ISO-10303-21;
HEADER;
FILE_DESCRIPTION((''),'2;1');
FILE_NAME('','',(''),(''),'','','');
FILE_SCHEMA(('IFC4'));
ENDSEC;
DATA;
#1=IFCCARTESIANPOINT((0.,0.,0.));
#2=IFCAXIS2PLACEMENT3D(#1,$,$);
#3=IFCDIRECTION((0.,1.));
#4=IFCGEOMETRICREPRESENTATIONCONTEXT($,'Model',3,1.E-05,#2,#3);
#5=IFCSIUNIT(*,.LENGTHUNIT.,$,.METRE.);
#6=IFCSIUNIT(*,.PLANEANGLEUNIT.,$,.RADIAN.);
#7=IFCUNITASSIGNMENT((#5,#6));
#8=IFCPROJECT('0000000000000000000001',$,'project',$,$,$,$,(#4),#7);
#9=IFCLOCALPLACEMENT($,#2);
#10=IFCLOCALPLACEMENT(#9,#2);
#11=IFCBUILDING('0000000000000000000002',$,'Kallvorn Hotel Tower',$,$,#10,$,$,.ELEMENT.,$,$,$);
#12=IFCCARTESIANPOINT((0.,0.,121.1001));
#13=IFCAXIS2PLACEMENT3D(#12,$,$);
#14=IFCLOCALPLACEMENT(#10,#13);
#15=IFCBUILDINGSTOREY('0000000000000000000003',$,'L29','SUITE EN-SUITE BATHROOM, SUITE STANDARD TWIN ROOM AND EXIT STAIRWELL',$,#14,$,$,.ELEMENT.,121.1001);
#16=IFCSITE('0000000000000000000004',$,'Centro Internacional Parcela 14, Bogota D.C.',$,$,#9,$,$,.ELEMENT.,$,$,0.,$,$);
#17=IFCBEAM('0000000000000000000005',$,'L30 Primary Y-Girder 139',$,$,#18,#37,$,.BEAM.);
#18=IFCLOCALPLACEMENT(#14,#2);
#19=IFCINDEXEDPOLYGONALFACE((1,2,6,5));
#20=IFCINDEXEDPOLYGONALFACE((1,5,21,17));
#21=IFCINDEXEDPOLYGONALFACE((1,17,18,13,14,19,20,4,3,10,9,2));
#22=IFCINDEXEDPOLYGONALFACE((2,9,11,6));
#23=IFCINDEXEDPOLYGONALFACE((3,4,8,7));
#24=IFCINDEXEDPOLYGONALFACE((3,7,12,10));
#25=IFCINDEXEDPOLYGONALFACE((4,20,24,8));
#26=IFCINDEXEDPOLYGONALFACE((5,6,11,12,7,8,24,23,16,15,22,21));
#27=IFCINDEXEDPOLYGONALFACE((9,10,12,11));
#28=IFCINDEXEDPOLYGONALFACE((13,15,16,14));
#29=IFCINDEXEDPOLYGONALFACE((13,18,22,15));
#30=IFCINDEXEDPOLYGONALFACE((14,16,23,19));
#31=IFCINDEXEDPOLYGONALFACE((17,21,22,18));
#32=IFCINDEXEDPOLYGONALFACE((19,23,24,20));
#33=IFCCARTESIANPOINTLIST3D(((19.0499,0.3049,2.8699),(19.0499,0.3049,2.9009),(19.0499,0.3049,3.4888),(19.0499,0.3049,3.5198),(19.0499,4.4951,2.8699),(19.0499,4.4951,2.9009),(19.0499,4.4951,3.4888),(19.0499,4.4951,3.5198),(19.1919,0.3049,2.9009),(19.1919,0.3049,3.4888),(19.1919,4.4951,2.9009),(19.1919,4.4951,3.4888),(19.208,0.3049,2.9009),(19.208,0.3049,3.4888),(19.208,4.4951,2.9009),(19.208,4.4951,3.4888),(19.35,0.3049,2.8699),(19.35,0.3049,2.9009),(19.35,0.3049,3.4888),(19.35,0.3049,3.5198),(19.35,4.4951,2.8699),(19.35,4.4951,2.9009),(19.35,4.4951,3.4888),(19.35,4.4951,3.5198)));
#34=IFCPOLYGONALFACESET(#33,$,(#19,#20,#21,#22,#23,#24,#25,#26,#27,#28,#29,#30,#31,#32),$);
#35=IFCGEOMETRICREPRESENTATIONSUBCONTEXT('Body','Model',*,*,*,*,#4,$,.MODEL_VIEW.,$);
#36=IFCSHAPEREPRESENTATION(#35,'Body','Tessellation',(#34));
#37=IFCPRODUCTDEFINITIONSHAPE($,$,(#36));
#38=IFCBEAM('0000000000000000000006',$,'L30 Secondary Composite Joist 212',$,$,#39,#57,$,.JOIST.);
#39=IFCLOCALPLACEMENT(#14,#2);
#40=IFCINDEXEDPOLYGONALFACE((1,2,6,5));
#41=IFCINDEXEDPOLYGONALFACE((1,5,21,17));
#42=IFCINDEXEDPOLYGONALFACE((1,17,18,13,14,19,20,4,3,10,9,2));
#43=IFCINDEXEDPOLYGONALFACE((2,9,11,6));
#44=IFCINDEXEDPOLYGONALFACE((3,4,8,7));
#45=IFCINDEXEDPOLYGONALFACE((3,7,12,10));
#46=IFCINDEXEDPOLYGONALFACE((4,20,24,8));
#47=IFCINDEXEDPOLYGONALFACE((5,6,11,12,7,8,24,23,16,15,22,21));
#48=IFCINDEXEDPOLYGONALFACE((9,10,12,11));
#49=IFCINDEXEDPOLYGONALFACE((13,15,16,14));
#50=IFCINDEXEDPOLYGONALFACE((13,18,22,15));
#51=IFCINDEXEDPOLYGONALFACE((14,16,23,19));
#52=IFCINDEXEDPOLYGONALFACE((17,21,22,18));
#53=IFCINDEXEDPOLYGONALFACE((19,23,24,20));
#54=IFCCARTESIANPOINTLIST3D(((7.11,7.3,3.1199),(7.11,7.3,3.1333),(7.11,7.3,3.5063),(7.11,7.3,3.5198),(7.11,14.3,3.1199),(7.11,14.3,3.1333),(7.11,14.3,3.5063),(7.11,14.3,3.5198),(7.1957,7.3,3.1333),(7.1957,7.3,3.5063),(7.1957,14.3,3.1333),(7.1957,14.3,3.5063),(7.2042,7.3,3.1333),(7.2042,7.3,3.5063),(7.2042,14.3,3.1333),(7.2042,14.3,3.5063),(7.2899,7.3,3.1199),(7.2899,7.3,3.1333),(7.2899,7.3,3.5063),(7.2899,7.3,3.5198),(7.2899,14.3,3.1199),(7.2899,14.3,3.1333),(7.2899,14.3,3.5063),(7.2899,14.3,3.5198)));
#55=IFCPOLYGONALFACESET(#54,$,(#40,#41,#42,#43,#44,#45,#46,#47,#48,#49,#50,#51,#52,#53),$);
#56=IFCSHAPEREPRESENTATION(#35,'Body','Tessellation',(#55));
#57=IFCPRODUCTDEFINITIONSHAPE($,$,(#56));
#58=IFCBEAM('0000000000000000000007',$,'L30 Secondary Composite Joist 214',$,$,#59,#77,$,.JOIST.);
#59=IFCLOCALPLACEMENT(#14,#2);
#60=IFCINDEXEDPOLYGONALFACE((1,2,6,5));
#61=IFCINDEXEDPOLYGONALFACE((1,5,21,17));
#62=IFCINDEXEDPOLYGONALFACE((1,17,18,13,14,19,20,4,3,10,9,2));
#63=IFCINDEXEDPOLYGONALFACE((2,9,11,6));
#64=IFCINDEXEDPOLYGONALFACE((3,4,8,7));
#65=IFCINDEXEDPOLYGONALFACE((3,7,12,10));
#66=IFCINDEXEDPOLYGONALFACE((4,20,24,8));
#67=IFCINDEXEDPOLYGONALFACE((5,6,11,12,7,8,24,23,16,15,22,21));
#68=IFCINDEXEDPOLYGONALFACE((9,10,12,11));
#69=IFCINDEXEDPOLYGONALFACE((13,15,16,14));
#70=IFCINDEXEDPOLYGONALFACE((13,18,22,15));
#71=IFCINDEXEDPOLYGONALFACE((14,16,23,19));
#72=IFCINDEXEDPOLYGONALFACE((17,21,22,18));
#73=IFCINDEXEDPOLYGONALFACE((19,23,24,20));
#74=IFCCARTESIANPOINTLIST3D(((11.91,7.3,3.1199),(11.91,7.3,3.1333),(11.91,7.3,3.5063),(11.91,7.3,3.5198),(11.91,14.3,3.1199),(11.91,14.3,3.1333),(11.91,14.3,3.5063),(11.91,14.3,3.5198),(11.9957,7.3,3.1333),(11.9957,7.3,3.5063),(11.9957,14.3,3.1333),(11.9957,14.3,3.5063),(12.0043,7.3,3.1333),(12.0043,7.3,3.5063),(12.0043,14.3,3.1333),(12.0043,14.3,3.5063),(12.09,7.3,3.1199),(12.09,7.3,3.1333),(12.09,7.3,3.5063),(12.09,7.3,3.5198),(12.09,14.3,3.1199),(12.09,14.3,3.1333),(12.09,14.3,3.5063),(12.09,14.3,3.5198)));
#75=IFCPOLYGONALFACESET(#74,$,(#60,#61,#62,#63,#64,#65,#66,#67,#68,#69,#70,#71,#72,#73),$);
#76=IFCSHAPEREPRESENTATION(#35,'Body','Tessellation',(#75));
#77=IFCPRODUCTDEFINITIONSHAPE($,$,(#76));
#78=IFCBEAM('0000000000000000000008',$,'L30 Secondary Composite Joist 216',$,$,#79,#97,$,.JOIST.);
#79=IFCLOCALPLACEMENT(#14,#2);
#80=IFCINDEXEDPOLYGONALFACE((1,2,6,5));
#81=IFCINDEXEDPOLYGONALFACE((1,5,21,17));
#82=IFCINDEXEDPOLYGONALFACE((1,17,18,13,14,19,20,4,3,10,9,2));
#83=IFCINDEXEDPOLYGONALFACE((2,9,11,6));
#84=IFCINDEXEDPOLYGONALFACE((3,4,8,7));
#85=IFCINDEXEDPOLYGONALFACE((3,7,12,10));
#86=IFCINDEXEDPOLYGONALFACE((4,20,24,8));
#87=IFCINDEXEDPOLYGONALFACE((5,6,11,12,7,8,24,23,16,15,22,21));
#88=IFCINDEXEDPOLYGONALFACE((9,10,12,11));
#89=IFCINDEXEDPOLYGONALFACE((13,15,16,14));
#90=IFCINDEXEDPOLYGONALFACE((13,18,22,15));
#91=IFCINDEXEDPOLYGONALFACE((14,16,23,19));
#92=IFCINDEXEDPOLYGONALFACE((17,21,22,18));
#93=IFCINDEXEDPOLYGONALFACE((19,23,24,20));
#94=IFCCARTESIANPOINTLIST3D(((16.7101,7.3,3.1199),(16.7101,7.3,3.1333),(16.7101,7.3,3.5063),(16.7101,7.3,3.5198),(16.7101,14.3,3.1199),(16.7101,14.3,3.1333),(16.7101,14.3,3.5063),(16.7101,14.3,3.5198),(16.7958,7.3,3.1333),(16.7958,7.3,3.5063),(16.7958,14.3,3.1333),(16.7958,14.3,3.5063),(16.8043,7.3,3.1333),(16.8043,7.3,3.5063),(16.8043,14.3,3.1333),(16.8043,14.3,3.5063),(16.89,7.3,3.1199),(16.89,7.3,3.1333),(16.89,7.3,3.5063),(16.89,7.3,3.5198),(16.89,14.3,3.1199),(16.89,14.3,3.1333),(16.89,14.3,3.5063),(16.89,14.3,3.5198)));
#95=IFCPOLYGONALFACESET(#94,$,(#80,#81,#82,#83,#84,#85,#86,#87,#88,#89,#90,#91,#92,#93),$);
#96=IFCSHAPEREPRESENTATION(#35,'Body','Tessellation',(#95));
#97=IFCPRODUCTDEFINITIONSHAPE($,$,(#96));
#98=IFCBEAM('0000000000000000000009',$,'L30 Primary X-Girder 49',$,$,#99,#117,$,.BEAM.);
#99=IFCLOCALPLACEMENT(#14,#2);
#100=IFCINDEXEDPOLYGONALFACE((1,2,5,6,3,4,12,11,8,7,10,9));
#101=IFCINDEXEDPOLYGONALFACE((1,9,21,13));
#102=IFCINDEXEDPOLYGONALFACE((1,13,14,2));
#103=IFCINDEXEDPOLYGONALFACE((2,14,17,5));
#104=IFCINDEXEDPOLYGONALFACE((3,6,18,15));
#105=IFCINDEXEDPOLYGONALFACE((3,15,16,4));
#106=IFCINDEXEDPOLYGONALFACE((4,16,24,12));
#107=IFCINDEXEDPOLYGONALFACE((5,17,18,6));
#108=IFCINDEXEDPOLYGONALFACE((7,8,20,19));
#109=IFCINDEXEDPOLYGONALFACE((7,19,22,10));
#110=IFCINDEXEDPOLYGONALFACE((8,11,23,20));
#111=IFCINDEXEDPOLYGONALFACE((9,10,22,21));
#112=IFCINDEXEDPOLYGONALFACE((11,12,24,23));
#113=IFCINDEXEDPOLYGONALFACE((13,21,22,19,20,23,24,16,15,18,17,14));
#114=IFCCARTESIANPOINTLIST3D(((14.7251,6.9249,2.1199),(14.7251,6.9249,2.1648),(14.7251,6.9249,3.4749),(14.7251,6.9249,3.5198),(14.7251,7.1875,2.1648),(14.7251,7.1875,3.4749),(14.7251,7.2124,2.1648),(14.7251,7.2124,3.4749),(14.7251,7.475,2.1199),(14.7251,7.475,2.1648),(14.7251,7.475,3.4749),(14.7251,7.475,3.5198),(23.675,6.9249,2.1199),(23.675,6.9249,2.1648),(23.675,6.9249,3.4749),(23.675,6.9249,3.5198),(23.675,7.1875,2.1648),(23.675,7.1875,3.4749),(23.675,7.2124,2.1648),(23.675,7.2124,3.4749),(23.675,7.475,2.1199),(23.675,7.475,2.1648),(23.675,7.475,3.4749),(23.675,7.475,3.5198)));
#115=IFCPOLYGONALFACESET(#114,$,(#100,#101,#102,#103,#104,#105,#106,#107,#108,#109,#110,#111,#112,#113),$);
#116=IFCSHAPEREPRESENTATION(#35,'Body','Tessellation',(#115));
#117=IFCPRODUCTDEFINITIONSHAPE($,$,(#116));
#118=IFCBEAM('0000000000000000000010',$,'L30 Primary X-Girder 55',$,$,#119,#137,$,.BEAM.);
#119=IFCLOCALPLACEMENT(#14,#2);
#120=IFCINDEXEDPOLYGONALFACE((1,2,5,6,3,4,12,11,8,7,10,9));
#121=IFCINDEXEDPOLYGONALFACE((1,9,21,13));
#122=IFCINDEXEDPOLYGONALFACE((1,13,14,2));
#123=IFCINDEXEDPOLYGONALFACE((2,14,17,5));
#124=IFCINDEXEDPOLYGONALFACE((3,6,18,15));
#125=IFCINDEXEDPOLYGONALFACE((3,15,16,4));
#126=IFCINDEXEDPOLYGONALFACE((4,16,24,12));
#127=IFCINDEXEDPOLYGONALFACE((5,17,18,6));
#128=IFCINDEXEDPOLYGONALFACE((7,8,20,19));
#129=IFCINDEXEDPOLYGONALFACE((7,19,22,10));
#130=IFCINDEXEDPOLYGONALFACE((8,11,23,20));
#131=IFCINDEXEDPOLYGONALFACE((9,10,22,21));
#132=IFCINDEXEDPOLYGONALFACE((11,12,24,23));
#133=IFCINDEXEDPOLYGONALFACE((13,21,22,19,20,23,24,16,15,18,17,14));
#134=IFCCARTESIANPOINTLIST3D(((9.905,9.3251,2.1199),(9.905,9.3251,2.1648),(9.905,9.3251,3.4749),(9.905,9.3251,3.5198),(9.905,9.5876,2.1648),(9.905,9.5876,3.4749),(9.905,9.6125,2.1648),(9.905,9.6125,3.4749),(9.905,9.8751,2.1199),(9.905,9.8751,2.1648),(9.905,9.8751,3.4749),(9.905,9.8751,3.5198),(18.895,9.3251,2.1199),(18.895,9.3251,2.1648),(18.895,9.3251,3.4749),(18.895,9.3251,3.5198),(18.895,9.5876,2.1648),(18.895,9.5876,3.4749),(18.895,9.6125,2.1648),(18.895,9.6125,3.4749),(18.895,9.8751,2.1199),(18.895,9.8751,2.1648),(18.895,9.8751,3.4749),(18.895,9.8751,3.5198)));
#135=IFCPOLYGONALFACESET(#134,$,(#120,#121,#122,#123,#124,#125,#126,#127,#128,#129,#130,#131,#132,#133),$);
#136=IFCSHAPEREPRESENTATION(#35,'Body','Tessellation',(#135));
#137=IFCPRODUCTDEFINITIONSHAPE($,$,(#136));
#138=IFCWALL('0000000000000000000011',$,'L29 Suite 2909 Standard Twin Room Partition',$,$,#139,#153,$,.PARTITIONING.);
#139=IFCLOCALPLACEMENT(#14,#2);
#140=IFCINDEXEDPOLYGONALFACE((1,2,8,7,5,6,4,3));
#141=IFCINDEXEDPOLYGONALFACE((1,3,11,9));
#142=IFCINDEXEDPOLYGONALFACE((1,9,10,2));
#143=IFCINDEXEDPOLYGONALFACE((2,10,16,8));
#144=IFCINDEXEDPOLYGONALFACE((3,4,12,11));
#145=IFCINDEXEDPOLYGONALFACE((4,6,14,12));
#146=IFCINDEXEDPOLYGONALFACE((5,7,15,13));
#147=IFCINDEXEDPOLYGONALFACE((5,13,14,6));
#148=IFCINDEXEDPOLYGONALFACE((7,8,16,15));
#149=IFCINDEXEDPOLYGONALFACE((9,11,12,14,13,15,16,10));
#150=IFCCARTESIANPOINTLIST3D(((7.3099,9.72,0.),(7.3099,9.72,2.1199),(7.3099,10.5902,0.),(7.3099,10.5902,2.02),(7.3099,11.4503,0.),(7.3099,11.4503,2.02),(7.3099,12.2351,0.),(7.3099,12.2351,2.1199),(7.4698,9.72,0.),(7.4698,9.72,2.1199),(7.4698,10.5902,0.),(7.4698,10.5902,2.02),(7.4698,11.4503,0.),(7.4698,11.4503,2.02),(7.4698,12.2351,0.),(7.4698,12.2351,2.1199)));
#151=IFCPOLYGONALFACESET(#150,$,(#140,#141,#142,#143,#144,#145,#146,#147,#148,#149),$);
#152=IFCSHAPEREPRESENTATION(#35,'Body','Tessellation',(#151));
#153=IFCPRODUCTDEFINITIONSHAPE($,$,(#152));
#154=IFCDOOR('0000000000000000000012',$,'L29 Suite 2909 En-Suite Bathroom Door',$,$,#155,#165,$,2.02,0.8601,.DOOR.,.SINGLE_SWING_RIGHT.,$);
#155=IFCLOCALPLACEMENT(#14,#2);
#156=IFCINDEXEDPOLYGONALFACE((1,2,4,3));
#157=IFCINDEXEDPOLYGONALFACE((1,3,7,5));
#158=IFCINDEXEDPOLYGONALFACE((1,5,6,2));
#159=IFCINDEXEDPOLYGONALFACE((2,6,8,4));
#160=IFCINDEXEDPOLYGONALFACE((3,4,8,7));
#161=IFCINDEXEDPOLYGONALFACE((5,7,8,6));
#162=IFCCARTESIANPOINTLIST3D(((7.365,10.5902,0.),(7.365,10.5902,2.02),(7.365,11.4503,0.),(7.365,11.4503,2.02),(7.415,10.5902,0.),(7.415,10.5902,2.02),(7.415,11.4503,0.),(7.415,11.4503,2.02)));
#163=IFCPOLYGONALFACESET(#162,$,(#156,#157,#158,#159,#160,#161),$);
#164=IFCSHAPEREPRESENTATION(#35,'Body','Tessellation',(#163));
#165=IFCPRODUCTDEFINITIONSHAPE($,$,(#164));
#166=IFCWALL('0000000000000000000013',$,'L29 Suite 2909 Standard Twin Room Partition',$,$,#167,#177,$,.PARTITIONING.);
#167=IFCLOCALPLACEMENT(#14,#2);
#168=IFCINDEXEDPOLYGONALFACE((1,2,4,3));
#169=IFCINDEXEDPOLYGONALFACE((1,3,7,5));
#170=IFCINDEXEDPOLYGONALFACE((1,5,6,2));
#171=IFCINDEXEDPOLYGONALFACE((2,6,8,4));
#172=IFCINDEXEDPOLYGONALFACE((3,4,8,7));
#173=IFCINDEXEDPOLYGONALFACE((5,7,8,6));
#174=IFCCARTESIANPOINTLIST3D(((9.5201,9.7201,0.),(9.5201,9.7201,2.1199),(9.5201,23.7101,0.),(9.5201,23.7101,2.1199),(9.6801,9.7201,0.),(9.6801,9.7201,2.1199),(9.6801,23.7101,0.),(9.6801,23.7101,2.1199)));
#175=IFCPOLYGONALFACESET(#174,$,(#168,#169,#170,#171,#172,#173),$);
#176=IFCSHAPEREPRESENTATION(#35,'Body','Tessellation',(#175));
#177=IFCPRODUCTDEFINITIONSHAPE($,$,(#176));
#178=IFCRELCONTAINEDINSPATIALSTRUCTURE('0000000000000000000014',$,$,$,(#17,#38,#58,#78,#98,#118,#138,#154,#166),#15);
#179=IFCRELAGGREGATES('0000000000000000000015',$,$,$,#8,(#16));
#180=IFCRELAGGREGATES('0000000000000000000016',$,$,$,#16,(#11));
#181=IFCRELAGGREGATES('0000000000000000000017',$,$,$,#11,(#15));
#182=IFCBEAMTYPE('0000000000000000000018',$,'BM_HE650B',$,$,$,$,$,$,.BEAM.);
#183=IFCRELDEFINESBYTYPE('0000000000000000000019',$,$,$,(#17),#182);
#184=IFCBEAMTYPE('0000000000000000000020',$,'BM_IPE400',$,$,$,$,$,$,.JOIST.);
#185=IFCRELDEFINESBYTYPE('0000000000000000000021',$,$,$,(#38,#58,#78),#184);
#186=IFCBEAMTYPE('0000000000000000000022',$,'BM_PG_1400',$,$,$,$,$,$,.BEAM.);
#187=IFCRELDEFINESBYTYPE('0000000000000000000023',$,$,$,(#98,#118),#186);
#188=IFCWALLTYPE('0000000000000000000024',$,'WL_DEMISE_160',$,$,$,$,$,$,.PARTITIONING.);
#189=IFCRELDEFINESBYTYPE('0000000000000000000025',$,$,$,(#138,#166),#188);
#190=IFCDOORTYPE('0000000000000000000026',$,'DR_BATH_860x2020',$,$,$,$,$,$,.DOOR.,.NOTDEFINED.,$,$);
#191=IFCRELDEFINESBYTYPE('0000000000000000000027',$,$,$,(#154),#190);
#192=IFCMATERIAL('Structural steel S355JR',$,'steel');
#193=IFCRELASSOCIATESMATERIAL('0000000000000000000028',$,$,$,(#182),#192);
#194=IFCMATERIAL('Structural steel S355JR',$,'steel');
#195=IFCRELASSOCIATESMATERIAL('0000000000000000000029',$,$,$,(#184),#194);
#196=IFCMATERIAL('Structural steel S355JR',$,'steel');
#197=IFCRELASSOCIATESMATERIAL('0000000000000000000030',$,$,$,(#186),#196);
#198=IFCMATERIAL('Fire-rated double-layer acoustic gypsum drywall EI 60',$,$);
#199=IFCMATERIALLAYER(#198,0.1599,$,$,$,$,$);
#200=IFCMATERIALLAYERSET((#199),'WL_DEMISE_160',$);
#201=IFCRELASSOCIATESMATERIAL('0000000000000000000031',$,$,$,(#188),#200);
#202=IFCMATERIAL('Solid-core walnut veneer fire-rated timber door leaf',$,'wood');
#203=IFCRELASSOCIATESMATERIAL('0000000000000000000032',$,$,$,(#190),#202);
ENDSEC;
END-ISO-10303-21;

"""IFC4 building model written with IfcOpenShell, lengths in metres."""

from ifc_helpers import new_model, si_unit, direction, frame, frame_2d, origin, origin_2d, place, context, subcontext, project, spatial, rectangle, i_section, extrude, material, layer, layer_set, material_profile, profile_set, type_object, element, fill, save


model = new_model("IFC4")

# Units and contexts
model_context = context("Model", 3, precision=1e-05, world=origin(), true_north=direction((0.0, 1.0)))
body_context = subcontext(model_context, "Body", "Model", "MODEL_VIEW")
ifc_project = project(units=[si_unit("LENGTHUNIT", "METRE"), si_unit("PLANEANGLEUNIT", "RADIAN")], contexts=[model_context])

# Site, building, storey
site_placement = place(None, origin())
site = spatial("IfcSite", under=ifc_project, at=site_placement, Name="Centro Internacional Parcela 14, Bogota D.C.", CompositionType="ELEMENT", RefElevation=0.0)
building_placement = place(site_placement, origin())
building = spatial("IfcBuilding", under=site, at=building_placement, Name="Kallvorn Hotel Tower", CompositionType="ELEMENT")
storey_placement = place(building_placement, frame((0.0, 0.0, 121.1001)))
storey = spatial("IfcBuildingStorey", under=building, at=storey_placement, Name="L29", Description="SUITE EN-SUITE BATHROOM, SUITE STANDARD TWIN ROOM AND EXIT STAIRWELL", CompositionType="ELEMENT", Elevation=121.1001)

# Beams
ifc_material_1 = material(Name="Structural steel S355JR", Category="steel")
ifc_material_profile_1 = material_profile(ifc_material_1, i_section(OverallWidth=0.3, OverallDepth=0.6499, WebThickness=0.0161, FlangeThickness=0.031, at=origin_2d()), Name="HE 650 B")
ifc_profile_set_1 = profile_set([ifc_material_profile_1], Name="Structural steel S355JR")
beam_type_1 = type_object("IfcBeamType", Name="BM_HE650B", PredefinedType="BEAM", material=ifc_profile_set_1)
beam_1_placement = place(storey_placement, frame((19.2, 0.3049, 3.1948), z_axis=(0.0, 1.0, 0.0), x_axis=(-1.0, 0.0, 0.0)))
element("IfcBeam", 1, at=beam_1_placement, inside=storey, type_object=beam_type_1, Name="L30 Primary Y-Girder 139", PredefinedType="BEAM", context=body_context, shape_type="SweptSolid", body=[
    extrude(i_section(OverallWidth=0.3, OverallDepth=0.6499, WebThickness=0.0161, FlangeThickness=0.031, at=origin_2d()), origin(), (0.0, 0.0, 1.0), 4.1902),
])
ifc_material_2 = material(Name="Structural steel S355JR", Category="steel")
ifc_material_profile_2 = material_profile(ifc_material_2, i_section(OverallWidth=0.1799, OverallDepth=0.3999, WebThickness=0.0085, FlangeThickness=0.0134, at=origin_2d()), Name="IPE 400")
ifc_profile_set_2 = profile_set([ifc_material_profile_2], Name="Structural steel S355JR")
beam_type_2 = type_object("IfcBeamType", Name="BM_IPE400", PredefinedType="JOIST", material=ifc_profile_set_2)
for number, where, z_axis, x_axis, name in (
    (2, (7.2, 7.3, 3.3198), (0.0, 1.0, 0.0), (-1.0, 0.0, 0.0), "L30 Secondary Composite Joist 212"),
    (3, (12.0, 7.3, 3.3198), (0.0, 1.0, 0.0), (-1.0, 0.0, 0.0), "L30 Secondary Composite Joist 214"),
    (4, (16.8, 7.3, 3.3198), (0.0, 1.0, 0.0), (-1.0, 0.0, 0.0), "L30 Secondary Composite Joist 216"),
):
    element("IfcBeam", number, at=place(storey_placement, frame(where, z_axis=z_axis, x_axis=x_axis)), inside=storey, type_object=beam_type_2, Name=name, PredefinedType="JOIST", context=body_context, shape_type="SweptSolid", body=[
        extrude(i_section(OverallWidth=0.1799, OverallDepth=0.3999, WebThickness=0.0085, FlangeThickness=0.0134, at=origin_2d()), origin(), (0.0, 0.0, 1.0), 7.0),
    ])
ifc_material_3 = material(Name="Structural steel S355JR", Category="steel")
ifc_material_profile_3 = material_profile(ifc_material_3, i_section(OverallWidth=0.55, OverallDepth=1.3999, WebThickness=0.0249, FlangeThickness=0.0449, at=origin_2d()), Name="PG 1400x550x25x45")
ifc_profile_set_3 = profile_set([ifc_material_profile_3], Name="Structural steel S355JR")
beam_type_3 = type_object("IfcBeamType", Name="BM_PG_1400", PredefinedType="BEAM", material=ifc_profile_set_3)
beam_2_placement = place(storey_placement, frame((14.7251, 7.2, 2.8198), z_axis=(1.0, 0.0, 0.0), x_axis=(0.0, 1.0, 0.0)))
element("IfcBeam", 5, at=beam_2_placement, inside=storey, type_object=beam_type_3, Name="L30 Primary X-Girder 49", PredefinedType="BEAM", context=body_context, shape_type="SweptSolid", body=[
    extrude(i_section(OverallWidth=0.55, OverallDepth=1.3999, WebThickness=0.0249, FlangeThickness=0.0449, at=origin_2d()), origin(), (0.0, 0.0, 1.0), 8.95),
])
beam_3_placement = place(storey_placement, frame((9.905, 9.6001, 2.8198), z_axis=(1.0, 0.0, 0.0), x_axis=(0.0, 1.0, 0.0)))
element("IfcBeam", 6, at=beam_3_placement, inside=storey, type_object=beam_type_3, Name="L30 Primary X-Girder 55", PredefinedType="BEAM", context=body_context, shape_type="SweptSolid", body=[
    extrude(i_section(OverallWidth=0.55, OverallDepth=1.3999, WebThickness=0.0249, FlangeThickness=0.0449, at=origin_2d()), origin(), (0.0, 0.0, 1.0), 8.99),
])

# Wall, opening, door
ifc_material_4 = material(Name="Fire-rated double-layer acoustic gypsum drywall EI 60")
ifc_layer_1 = layer(ifc_material_4, 0.1599)
ifc_layer_set_1 = layer_set([ifc_layer_1], Name="WL_DEMISE_160")
wall_type_1 = type_object("IfcWallType", Name="WL_DEMISE_160", PredefinedType="PARTITIONING", material=ifc_layer_set_1)
wall_1_placement = place(storey_placement, frame((7.3899, 9.72, 0.0), z_axis=(0.0, 0.0, 1.0), x_axis=(0.0, 1.0, 0.0)))
wall_1 = element("IfcWall", 7, at=wall_1_placement, inside=storey, type_object=wall_type_1, Name="L29 Suite 2909 Standard Twin Room Partition", PredefinedType="PARTITIONING", context=body_context, shape_type="SweptSolid", body=[
    extrude(rectangle(XDim=2.5151, YDim=0.1599, at=frame_2d((1.2576, 0.0))), origin(), (0.0, 0.0, 1.0), 2.1199),
])
opening_1_placement = place(wall_1_placement, frame((0.8701, 0.0, 0.0)))
opening_1 = element("IfcOpeningElement", 8, at=opening_1_placement, cuts=wall_1, PredefinedType="OPENING", context=body_context, shape_type="SweptSolid", body=[
    extrude(rectangle(XDim=0.8601, YDim=2.02, at=frame_2d((0.4302, 1.01))), frame((0.0, 0.095, 0.0), z_axis=(0.0, -1.0, 0.0), x_axis=(1.0, 0.0, 0.0)), (0.0, 0.0, 1.0), 0.1899),
])
ifc_material_5 = material(Name="Solid-core walnut veneer fire-rated timber door leaf", Category="wood")
door_type_1 = type_object("IfcDoorType", Name="DR_BATH_860x2020", OperationType="NOTDEFINED", PredefinedType="DOOR", material=ifc_material_5)
door_1_placement = place(opening_1_placement, origin())
door_1 = element("IfcDoor", 9, at=door_1_placement, inside=storey, type_object=door_type_1, Name="L29 Suite 2909 En-Suite Bathroom Door", OperationType="SINGLE_SWING_RIGHT", OverallHeight=2.02, OverallWidth=0.8601, PredefinedType="DOOR", context=body_context, shape_type="SweptSolid", body=[
    extrude(rectangle(XDim=0.8601, YDim=2.02, at=frame_2d((0.4302, 1.01))), frame((0.0, 0.0249, 0.0), z_axis=(0.0, -1.0, 0.0), x_axis=(1.0, 0.0, 0.0)), (0.0, 0.0, 1.0), 0.05),
])
fill(opening_1, door_1)

# Wall
wall_2_placement = place(storey_placement, frame((9.6001, 9.72, 0.0), z_axis=(0.0, 0.0, 1.0), x_axis=(0.0, 1.0, 0.0)))
element("IfcWall", 10, at=wall_2_placement, inside=storey, type_object=wall_type_1, Name="L29 Suite 2909 Standard Twin Room Partition", PredefinedType="PARTITIONING", context=body_context, shape_type="SweptSolid", body=[
    extrude(rectangle(XDim=13.99, YDim=0.1599, at=frame_2d((6.9951, 0.0))), origin(), (0.0, 0.0, 1.0), 2.1199),
])

save(model, "model.ifc")
